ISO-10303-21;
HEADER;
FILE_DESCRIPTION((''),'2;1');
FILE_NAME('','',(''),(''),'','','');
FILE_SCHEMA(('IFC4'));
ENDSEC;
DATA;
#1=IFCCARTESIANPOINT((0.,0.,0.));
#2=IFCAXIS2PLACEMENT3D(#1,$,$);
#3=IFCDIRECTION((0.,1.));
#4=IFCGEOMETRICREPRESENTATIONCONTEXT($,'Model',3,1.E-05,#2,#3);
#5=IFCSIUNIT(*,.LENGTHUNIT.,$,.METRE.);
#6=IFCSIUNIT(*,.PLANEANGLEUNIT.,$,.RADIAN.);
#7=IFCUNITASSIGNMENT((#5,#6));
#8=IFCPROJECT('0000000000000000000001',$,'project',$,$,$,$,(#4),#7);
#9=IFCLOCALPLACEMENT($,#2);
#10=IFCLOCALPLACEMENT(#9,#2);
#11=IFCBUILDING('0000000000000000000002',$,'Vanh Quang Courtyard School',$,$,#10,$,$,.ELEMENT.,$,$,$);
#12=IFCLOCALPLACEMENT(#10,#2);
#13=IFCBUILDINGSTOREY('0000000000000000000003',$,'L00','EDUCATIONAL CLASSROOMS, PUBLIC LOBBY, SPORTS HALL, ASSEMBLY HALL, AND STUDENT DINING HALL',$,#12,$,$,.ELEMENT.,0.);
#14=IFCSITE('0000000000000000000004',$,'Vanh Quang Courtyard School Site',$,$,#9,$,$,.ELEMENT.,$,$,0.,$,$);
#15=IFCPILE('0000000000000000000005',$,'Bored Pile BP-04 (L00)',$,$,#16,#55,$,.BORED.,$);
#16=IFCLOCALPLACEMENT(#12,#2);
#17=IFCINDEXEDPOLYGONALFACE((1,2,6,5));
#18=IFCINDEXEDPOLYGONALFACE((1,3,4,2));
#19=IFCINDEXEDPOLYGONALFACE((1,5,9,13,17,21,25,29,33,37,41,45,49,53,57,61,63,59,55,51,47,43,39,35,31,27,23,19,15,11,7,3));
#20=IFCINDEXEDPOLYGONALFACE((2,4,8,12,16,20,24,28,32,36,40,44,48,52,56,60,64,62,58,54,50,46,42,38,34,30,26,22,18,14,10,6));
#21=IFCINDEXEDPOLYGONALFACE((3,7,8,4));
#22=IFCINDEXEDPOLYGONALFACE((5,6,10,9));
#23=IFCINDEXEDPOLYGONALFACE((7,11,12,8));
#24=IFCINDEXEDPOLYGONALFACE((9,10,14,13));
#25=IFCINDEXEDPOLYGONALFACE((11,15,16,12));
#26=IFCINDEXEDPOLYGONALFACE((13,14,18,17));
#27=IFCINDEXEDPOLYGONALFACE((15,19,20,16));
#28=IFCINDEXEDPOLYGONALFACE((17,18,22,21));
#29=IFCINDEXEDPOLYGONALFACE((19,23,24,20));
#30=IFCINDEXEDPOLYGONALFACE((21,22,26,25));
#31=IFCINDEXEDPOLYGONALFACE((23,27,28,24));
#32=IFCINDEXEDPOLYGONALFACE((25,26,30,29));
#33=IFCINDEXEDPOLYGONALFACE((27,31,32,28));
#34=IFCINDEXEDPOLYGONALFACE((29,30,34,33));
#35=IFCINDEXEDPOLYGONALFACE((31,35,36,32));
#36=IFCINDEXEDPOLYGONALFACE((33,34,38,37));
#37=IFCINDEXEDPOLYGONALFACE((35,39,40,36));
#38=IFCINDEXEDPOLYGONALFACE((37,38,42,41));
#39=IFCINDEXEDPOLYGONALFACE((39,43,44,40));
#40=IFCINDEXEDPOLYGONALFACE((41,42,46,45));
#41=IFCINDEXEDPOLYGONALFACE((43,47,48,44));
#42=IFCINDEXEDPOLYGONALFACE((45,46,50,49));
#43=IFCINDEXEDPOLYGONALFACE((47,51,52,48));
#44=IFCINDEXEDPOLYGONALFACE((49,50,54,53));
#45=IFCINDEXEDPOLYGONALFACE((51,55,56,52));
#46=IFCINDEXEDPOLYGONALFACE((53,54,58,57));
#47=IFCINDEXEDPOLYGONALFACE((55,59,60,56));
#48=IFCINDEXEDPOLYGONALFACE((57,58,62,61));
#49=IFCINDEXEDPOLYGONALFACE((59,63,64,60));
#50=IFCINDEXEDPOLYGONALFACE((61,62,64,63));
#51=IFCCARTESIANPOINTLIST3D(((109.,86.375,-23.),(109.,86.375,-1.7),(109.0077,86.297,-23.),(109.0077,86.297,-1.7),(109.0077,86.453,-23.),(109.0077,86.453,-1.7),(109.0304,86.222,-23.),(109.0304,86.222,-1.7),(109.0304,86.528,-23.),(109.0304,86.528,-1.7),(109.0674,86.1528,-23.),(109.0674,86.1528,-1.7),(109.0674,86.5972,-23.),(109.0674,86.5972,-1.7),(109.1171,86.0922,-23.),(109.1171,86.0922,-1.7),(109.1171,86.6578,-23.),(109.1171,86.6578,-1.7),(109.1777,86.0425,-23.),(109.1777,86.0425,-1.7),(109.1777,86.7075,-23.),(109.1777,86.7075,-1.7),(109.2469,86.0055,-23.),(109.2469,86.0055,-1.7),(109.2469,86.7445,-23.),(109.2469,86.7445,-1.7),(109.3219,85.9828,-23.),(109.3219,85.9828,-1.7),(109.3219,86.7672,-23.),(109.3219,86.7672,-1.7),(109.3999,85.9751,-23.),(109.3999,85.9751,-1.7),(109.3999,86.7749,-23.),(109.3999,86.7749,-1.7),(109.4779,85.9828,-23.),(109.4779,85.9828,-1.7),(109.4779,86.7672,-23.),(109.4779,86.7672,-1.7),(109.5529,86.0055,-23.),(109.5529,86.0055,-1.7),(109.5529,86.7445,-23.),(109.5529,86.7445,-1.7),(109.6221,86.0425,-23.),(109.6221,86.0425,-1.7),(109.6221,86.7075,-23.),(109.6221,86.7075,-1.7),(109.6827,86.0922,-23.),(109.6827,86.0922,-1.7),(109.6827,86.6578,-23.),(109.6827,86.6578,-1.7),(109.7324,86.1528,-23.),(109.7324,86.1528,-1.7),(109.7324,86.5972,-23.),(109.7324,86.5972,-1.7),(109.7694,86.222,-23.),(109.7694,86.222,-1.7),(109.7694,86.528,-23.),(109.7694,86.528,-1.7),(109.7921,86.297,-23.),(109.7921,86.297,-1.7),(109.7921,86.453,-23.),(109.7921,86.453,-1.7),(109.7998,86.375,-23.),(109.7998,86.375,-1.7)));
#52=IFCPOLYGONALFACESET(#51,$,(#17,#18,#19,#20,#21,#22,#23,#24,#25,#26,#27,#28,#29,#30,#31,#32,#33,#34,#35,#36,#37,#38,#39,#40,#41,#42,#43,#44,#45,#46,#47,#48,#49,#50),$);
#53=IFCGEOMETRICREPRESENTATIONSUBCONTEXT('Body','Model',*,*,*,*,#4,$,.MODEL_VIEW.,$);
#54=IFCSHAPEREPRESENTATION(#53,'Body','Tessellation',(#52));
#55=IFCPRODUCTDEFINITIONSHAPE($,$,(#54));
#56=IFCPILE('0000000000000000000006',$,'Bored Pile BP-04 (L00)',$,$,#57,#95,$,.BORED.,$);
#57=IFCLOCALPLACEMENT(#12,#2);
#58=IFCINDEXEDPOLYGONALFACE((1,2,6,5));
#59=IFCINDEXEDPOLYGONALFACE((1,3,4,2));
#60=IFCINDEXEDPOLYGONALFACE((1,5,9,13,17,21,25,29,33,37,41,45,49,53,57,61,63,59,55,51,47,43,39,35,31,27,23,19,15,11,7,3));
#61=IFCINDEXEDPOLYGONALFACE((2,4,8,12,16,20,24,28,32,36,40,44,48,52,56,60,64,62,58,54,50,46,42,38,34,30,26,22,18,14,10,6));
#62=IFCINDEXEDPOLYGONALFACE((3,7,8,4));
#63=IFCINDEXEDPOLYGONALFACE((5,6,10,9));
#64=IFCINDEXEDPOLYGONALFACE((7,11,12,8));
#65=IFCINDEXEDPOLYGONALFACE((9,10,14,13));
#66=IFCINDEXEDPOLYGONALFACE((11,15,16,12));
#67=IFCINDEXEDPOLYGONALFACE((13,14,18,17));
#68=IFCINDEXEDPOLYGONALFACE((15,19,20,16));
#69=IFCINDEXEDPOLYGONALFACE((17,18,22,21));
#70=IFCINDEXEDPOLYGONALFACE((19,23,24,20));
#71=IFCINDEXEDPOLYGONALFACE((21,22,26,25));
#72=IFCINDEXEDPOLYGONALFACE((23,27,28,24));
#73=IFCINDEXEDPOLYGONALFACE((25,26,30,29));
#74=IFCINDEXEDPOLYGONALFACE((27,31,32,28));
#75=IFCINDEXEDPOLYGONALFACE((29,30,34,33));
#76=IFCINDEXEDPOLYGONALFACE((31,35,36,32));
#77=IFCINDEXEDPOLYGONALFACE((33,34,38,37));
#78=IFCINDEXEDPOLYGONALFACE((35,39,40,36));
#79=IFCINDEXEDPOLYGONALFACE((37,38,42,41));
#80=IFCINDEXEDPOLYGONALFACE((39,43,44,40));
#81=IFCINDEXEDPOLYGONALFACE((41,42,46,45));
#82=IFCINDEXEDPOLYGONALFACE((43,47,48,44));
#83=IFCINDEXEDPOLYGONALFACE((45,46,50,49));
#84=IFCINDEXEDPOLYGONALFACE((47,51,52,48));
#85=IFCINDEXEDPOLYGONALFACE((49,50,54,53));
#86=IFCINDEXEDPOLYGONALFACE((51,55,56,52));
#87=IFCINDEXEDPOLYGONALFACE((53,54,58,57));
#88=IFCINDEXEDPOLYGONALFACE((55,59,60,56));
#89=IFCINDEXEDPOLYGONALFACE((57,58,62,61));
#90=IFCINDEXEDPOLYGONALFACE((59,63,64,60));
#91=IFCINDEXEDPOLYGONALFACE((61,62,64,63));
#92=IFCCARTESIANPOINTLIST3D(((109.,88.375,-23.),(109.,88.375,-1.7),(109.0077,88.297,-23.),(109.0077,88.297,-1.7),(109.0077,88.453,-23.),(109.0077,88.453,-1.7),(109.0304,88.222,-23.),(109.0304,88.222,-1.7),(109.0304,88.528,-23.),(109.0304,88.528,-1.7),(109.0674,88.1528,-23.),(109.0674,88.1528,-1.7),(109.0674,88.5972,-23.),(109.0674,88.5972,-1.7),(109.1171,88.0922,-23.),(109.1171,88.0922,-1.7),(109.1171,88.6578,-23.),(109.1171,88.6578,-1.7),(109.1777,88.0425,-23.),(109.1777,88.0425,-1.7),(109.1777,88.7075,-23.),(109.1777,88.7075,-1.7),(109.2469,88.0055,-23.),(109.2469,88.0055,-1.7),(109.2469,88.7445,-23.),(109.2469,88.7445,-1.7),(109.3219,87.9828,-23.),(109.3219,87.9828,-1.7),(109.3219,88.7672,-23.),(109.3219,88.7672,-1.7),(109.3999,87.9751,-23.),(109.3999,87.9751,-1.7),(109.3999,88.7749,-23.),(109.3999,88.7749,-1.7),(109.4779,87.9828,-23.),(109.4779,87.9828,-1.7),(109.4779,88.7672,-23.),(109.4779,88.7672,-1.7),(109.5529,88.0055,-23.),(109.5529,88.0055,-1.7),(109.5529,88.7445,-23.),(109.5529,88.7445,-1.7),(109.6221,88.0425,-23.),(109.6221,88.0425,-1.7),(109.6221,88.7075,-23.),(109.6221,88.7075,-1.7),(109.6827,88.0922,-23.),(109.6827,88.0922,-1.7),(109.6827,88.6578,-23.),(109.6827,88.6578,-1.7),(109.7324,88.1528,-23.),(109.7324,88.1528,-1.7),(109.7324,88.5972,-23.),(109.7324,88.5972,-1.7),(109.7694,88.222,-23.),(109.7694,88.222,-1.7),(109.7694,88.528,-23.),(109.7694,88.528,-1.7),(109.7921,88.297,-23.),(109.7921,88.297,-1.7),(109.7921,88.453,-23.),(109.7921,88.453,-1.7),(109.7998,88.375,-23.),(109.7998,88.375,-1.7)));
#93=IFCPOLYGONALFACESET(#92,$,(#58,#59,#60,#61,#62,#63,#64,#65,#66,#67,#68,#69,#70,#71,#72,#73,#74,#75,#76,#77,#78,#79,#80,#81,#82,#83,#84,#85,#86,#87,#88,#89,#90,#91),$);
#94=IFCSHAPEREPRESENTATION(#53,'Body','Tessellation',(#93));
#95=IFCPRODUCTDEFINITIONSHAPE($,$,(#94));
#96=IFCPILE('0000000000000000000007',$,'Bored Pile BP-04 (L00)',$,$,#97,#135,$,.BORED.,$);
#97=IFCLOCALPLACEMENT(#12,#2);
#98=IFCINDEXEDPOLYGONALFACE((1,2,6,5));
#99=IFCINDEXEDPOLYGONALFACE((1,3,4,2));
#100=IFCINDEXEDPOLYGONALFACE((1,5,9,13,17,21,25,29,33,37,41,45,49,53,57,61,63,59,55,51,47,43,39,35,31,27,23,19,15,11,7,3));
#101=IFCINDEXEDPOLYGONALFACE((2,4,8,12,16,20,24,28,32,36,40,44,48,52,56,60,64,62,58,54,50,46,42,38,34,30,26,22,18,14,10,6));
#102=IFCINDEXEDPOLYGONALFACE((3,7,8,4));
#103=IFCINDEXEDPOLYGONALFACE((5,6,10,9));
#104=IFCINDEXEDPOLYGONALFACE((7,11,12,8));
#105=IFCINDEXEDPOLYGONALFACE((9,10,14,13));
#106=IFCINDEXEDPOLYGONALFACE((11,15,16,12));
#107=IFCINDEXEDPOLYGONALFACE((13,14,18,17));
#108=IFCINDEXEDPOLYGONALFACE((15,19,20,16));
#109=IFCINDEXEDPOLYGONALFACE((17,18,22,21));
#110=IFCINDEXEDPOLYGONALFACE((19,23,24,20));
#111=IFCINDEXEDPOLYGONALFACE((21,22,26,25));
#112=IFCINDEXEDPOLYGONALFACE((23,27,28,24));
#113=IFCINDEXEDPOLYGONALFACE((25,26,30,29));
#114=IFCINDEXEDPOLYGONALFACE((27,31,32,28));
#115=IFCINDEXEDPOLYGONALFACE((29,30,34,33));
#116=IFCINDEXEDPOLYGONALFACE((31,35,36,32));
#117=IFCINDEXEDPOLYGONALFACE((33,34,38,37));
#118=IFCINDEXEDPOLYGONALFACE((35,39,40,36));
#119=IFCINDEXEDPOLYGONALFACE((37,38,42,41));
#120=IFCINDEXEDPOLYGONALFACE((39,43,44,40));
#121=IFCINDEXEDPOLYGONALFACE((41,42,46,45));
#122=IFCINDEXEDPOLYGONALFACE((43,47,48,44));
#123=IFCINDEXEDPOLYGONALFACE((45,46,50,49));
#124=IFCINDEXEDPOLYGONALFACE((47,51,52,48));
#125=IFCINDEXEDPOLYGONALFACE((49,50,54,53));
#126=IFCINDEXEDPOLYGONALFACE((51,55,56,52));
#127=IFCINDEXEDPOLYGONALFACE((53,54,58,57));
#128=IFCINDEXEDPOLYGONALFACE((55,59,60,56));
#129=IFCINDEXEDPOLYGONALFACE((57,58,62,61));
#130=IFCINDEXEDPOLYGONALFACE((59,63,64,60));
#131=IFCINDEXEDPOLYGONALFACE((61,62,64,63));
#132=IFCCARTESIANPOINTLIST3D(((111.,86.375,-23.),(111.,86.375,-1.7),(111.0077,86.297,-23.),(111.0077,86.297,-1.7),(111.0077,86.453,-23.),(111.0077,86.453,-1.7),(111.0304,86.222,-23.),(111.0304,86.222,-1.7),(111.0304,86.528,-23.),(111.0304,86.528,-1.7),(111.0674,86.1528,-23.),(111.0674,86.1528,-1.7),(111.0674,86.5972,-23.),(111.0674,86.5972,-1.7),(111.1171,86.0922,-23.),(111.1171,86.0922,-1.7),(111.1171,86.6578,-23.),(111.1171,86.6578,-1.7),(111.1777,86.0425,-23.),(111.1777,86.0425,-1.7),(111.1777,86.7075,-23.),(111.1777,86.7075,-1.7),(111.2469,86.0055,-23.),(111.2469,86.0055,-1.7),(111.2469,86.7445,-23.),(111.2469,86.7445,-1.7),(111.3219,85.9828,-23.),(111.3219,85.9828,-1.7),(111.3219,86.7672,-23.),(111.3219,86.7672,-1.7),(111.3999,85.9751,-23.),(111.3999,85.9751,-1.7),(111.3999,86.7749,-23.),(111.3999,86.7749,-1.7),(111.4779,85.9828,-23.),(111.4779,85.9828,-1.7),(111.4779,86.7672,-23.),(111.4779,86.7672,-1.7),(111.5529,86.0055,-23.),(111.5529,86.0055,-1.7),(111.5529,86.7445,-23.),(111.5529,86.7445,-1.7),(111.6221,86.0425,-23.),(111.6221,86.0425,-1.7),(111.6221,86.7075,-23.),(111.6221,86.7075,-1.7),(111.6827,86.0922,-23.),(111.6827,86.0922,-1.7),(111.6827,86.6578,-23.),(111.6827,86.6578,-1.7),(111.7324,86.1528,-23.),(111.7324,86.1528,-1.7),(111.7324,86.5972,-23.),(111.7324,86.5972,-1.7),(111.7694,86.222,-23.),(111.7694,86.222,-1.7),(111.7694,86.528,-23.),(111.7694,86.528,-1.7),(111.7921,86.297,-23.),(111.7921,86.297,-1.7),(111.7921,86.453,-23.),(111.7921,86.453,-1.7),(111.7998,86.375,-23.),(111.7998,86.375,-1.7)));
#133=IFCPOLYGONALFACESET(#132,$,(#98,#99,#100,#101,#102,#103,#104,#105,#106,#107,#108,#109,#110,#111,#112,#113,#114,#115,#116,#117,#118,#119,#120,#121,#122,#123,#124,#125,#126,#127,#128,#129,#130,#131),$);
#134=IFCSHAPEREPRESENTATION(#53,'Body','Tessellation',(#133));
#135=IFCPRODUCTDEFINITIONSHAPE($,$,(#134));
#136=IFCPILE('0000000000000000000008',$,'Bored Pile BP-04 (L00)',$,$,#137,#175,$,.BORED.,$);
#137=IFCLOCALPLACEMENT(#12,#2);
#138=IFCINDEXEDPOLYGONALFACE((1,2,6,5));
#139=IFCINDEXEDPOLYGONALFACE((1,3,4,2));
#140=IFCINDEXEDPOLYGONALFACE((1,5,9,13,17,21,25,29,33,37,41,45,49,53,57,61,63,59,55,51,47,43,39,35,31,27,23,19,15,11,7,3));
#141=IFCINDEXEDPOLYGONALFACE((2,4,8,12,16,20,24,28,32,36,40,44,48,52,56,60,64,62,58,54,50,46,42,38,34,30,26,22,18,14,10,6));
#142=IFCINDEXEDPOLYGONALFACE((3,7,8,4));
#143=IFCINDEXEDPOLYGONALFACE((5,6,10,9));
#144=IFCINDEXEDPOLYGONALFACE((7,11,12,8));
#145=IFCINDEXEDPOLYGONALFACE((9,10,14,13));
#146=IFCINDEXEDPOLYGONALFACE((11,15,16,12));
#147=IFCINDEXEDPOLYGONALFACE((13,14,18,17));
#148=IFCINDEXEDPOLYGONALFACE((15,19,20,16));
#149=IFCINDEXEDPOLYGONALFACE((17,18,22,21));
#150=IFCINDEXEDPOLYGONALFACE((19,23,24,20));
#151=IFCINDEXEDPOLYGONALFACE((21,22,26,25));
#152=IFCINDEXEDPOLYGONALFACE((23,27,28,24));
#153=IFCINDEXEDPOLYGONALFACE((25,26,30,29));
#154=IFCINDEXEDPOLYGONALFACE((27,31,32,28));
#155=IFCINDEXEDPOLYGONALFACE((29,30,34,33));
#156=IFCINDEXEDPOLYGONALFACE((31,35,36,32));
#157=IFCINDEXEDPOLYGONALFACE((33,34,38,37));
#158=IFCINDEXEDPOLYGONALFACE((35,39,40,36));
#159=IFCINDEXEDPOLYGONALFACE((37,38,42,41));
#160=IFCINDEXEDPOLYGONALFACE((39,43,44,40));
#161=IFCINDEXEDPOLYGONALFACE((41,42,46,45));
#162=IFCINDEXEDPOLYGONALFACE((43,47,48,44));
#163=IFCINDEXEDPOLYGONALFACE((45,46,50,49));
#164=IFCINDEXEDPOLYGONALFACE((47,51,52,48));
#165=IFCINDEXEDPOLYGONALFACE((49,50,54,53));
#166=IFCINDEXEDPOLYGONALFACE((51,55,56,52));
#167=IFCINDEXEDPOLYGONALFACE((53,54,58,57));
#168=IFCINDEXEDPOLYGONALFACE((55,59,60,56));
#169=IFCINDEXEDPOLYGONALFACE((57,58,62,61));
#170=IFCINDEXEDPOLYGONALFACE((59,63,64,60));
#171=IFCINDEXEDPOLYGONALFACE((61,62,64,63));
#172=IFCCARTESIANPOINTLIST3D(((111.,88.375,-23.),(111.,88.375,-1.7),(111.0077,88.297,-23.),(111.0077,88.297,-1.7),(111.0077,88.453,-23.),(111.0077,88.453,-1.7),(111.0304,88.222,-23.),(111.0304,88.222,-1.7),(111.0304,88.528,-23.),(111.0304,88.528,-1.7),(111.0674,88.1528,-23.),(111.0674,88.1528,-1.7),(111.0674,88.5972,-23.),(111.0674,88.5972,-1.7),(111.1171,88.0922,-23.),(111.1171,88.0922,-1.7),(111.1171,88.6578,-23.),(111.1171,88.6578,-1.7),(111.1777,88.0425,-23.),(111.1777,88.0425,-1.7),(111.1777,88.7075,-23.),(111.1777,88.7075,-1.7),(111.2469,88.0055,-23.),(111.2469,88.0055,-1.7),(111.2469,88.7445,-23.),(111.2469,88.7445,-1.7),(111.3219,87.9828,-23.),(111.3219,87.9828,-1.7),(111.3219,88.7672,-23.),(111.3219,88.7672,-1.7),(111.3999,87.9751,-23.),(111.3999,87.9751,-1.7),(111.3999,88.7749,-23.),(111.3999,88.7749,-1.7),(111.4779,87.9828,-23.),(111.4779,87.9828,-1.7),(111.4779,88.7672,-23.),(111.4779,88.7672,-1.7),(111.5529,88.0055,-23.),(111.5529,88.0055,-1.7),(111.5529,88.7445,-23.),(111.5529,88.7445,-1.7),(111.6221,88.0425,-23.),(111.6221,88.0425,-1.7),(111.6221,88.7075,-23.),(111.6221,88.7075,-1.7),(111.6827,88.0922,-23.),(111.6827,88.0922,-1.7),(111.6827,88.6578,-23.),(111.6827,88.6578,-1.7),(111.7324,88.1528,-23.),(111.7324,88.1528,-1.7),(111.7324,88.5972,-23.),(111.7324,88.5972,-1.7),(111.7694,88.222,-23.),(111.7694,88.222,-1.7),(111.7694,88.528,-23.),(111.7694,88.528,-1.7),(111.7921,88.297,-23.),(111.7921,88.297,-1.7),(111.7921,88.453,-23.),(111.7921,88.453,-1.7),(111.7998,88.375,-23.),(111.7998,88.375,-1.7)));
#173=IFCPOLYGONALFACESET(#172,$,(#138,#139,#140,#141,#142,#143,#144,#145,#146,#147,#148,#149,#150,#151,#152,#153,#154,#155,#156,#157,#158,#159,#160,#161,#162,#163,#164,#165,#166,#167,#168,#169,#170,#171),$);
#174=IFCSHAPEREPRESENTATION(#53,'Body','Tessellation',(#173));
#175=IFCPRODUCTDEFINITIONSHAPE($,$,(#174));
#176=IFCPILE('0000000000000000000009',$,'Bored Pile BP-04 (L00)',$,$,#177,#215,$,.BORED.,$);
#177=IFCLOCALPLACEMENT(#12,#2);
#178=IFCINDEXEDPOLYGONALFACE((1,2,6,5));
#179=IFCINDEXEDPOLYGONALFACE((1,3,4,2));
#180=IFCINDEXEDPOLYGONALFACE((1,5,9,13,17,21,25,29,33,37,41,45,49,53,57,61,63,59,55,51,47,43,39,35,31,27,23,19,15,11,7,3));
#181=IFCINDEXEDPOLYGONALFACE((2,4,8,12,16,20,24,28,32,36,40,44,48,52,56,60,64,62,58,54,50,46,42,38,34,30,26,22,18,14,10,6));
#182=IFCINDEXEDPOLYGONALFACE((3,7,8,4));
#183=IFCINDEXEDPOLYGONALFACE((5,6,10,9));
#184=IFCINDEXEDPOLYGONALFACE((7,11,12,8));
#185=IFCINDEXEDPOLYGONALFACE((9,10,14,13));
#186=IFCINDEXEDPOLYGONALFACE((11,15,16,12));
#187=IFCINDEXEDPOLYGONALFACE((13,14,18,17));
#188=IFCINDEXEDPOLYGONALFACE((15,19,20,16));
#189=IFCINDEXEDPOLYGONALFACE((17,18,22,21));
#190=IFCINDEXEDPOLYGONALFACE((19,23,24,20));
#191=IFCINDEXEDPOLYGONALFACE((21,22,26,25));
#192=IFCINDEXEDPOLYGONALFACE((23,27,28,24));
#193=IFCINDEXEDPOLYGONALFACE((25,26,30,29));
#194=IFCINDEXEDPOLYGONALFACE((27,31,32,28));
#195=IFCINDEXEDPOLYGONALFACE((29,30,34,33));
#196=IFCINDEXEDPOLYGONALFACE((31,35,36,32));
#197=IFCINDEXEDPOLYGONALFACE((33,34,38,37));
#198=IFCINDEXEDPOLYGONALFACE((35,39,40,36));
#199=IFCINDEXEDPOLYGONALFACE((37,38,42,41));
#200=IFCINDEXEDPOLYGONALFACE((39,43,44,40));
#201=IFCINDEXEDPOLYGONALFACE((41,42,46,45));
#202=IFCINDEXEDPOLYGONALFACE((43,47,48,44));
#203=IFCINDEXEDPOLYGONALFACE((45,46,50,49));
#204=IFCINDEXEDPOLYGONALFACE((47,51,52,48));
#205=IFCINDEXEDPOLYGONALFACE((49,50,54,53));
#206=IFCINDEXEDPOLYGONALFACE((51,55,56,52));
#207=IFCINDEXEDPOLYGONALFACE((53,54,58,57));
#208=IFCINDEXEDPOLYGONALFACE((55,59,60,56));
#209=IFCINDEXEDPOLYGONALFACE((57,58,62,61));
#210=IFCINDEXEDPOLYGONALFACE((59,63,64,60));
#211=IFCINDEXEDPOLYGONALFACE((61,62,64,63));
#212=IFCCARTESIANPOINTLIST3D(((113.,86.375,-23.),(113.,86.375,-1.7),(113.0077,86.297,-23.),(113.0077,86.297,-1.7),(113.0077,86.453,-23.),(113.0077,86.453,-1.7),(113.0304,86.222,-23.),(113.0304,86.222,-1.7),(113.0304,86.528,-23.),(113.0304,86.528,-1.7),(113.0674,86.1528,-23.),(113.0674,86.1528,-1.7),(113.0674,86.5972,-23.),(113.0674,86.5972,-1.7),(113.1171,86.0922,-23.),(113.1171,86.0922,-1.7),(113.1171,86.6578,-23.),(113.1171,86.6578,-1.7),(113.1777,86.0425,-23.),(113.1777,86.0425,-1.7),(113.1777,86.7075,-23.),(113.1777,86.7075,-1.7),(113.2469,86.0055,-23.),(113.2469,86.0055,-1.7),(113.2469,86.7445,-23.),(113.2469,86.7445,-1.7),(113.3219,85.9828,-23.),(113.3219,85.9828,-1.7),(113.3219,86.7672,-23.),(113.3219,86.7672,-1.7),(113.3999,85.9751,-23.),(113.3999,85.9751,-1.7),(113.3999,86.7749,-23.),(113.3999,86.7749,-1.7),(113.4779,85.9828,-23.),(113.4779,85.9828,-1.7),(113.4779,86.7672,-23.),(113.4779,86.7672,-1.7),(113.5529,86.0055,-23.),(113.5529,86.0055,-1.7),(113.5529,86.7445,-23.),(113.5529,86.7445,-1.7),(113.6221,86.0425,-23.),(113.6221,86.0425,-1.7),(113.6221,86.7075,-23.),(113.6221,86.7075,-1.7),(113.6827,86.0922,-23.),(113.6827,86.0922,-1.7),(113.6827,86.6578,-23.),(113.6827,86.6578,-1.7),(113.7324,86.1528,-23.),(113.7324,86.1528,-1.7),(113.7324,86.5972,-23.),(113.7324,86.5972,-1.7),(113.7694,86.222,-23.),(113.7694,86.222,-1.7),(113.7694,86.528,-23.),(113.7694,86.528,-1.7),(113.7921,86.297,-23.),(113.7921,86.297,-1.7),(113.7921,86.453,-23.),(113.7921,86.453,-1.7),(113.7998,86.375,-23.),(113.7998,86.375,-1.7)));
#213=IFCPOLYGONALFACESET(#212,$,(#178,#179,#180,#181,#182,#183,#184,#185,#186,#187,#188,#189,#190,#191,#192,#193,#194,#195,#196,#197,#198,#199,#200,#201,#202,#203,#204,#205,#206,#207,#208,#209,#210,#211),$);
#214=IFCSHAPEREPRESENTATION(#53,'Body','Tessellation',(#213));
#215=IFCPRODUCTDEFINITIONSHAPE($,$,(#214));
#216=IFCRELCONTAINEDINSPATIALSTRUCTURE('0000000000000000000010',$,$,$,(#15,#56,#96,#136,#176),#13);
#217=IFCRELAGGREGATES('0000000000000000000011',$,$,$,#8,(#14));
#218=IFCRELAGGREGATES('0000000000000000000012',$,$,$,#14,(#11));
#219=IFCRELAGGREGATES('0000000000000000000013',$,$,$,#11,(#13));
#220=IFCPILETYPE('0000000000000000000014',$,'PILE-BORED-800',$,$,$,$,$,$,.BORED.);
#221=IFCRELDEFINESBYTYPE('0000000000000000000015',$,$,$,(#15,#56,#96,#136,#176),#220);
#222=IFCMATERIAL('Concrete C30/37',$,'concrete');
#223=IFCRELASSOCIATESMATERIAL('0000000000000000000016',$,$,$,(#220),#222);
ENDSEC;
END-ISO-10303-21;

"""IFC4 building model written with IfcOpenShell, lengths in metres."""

from ifc_helpers import new_model, si_unit, direction, frame, origin, origin_2d, place, context, subcontext, project, spatial, circle, extrude, material, material_profile, profile_set, type_object, element, save


model = new_model("IFC4")

# Units and contexts
model_context = context("Model", 3, precision=1e-05, world=origin(), true_north=direction((0.0, 1.0)))
body_context = subcontext(model_context, "Body", "Model", "MODEL_VIEW")
ifc_project = project(units=[si_unit("LENGTHUNIT", "METRE"), si_unit("PLANEANGLEUNIT", "RADIAN")], contexts=[model_context])

# Site, building, storey
site_placement = place(None, origin())
site = spatial("IfcSite", under=ifc_project, at=site_placement, Name="Vanh Quang Courtyard School Site", CompositionType="ELEMENT", RefElevation=0.0)
building_placement = place(site_placement, origin())
building = spatial("IfcBuilding", under=site, at=building_placement, Name="Vanh Quang Courtyard School", CompositionType="ELEMENT")
storey_placement = place(building_placement, origin())
storey = spatial("IfcBuildingStorey", under=building, at=storey_placement, Name="L00", Description="EDUCATIONAL CLASSROOMS, PUBLIC LOBBY, SPORTS HALL, ASSEMBLY HALL, AND STUDENT DINING HALL", CompositionType="ELEMENT", Elevation=0.0)

# Piles
ifc_material_1 = material(Name="Concrete C30/37", Category="concrete")
ifc_material_profile_1 = material_profile(ifc_material_1, circle(Radius=0.3999, at=origin_2d()), Name="PILE D800")
ifc_profile_set_1 = profile_set([ifc_material_profile_1], Name="Concrete C30/37")
pile_type = type_object("IfcPileType", Name="PILE-BORED-800", PredefinedType="BORED", material=ifc_profile_set_1)
for number, where, z_axis, x_axis, name in (
    (1, (109.3999, 86.375, -1.7), (0.0, 0.0, -1.0), (1.0, 0.0, 0.0), "Bored Pile BP-04 (L00)"),
    (2, (109.3999, 88.375, -1.7), (0.0, 0.0, -1.0), (1.0, 0.0, 0.0), "Bored Pile BP-04 (L00)"),
    (3, (111.3999, 86.375, -1.7), (0.0, 0.0, -1.0), (1.0, 0.0, 0.0), "Bored Pile BP-04 (L00)"),
    (4, (111.3999, 88.375, -1.7), (0.0, 0.0, -1.0), (1.0, 0.0, 0.0), "Bored Pile BP-04 (L00)"),
    (5, (113.3999, 86.375, -1.7), (0.0, 0.0, -1.0), (1.0, 0.0, 0.0), "Bored Pile BP-04 (L00)"),
):
    element("IfcPile", number, at=place(storey_placement, frame(where, z_axis=z_axis, x_axis=x_axis)), inside=storey, type_object=pile_type, Name=name, PredefinedType="BORED", context=body_context, shape_type="SweptSolid", body=[
        extrude(circle(Radius=0.3999, at=origin_2d()), origin(), (0.0, 0.0, 1.0), 21.3),
    ])

save(model, "model.ifc")
